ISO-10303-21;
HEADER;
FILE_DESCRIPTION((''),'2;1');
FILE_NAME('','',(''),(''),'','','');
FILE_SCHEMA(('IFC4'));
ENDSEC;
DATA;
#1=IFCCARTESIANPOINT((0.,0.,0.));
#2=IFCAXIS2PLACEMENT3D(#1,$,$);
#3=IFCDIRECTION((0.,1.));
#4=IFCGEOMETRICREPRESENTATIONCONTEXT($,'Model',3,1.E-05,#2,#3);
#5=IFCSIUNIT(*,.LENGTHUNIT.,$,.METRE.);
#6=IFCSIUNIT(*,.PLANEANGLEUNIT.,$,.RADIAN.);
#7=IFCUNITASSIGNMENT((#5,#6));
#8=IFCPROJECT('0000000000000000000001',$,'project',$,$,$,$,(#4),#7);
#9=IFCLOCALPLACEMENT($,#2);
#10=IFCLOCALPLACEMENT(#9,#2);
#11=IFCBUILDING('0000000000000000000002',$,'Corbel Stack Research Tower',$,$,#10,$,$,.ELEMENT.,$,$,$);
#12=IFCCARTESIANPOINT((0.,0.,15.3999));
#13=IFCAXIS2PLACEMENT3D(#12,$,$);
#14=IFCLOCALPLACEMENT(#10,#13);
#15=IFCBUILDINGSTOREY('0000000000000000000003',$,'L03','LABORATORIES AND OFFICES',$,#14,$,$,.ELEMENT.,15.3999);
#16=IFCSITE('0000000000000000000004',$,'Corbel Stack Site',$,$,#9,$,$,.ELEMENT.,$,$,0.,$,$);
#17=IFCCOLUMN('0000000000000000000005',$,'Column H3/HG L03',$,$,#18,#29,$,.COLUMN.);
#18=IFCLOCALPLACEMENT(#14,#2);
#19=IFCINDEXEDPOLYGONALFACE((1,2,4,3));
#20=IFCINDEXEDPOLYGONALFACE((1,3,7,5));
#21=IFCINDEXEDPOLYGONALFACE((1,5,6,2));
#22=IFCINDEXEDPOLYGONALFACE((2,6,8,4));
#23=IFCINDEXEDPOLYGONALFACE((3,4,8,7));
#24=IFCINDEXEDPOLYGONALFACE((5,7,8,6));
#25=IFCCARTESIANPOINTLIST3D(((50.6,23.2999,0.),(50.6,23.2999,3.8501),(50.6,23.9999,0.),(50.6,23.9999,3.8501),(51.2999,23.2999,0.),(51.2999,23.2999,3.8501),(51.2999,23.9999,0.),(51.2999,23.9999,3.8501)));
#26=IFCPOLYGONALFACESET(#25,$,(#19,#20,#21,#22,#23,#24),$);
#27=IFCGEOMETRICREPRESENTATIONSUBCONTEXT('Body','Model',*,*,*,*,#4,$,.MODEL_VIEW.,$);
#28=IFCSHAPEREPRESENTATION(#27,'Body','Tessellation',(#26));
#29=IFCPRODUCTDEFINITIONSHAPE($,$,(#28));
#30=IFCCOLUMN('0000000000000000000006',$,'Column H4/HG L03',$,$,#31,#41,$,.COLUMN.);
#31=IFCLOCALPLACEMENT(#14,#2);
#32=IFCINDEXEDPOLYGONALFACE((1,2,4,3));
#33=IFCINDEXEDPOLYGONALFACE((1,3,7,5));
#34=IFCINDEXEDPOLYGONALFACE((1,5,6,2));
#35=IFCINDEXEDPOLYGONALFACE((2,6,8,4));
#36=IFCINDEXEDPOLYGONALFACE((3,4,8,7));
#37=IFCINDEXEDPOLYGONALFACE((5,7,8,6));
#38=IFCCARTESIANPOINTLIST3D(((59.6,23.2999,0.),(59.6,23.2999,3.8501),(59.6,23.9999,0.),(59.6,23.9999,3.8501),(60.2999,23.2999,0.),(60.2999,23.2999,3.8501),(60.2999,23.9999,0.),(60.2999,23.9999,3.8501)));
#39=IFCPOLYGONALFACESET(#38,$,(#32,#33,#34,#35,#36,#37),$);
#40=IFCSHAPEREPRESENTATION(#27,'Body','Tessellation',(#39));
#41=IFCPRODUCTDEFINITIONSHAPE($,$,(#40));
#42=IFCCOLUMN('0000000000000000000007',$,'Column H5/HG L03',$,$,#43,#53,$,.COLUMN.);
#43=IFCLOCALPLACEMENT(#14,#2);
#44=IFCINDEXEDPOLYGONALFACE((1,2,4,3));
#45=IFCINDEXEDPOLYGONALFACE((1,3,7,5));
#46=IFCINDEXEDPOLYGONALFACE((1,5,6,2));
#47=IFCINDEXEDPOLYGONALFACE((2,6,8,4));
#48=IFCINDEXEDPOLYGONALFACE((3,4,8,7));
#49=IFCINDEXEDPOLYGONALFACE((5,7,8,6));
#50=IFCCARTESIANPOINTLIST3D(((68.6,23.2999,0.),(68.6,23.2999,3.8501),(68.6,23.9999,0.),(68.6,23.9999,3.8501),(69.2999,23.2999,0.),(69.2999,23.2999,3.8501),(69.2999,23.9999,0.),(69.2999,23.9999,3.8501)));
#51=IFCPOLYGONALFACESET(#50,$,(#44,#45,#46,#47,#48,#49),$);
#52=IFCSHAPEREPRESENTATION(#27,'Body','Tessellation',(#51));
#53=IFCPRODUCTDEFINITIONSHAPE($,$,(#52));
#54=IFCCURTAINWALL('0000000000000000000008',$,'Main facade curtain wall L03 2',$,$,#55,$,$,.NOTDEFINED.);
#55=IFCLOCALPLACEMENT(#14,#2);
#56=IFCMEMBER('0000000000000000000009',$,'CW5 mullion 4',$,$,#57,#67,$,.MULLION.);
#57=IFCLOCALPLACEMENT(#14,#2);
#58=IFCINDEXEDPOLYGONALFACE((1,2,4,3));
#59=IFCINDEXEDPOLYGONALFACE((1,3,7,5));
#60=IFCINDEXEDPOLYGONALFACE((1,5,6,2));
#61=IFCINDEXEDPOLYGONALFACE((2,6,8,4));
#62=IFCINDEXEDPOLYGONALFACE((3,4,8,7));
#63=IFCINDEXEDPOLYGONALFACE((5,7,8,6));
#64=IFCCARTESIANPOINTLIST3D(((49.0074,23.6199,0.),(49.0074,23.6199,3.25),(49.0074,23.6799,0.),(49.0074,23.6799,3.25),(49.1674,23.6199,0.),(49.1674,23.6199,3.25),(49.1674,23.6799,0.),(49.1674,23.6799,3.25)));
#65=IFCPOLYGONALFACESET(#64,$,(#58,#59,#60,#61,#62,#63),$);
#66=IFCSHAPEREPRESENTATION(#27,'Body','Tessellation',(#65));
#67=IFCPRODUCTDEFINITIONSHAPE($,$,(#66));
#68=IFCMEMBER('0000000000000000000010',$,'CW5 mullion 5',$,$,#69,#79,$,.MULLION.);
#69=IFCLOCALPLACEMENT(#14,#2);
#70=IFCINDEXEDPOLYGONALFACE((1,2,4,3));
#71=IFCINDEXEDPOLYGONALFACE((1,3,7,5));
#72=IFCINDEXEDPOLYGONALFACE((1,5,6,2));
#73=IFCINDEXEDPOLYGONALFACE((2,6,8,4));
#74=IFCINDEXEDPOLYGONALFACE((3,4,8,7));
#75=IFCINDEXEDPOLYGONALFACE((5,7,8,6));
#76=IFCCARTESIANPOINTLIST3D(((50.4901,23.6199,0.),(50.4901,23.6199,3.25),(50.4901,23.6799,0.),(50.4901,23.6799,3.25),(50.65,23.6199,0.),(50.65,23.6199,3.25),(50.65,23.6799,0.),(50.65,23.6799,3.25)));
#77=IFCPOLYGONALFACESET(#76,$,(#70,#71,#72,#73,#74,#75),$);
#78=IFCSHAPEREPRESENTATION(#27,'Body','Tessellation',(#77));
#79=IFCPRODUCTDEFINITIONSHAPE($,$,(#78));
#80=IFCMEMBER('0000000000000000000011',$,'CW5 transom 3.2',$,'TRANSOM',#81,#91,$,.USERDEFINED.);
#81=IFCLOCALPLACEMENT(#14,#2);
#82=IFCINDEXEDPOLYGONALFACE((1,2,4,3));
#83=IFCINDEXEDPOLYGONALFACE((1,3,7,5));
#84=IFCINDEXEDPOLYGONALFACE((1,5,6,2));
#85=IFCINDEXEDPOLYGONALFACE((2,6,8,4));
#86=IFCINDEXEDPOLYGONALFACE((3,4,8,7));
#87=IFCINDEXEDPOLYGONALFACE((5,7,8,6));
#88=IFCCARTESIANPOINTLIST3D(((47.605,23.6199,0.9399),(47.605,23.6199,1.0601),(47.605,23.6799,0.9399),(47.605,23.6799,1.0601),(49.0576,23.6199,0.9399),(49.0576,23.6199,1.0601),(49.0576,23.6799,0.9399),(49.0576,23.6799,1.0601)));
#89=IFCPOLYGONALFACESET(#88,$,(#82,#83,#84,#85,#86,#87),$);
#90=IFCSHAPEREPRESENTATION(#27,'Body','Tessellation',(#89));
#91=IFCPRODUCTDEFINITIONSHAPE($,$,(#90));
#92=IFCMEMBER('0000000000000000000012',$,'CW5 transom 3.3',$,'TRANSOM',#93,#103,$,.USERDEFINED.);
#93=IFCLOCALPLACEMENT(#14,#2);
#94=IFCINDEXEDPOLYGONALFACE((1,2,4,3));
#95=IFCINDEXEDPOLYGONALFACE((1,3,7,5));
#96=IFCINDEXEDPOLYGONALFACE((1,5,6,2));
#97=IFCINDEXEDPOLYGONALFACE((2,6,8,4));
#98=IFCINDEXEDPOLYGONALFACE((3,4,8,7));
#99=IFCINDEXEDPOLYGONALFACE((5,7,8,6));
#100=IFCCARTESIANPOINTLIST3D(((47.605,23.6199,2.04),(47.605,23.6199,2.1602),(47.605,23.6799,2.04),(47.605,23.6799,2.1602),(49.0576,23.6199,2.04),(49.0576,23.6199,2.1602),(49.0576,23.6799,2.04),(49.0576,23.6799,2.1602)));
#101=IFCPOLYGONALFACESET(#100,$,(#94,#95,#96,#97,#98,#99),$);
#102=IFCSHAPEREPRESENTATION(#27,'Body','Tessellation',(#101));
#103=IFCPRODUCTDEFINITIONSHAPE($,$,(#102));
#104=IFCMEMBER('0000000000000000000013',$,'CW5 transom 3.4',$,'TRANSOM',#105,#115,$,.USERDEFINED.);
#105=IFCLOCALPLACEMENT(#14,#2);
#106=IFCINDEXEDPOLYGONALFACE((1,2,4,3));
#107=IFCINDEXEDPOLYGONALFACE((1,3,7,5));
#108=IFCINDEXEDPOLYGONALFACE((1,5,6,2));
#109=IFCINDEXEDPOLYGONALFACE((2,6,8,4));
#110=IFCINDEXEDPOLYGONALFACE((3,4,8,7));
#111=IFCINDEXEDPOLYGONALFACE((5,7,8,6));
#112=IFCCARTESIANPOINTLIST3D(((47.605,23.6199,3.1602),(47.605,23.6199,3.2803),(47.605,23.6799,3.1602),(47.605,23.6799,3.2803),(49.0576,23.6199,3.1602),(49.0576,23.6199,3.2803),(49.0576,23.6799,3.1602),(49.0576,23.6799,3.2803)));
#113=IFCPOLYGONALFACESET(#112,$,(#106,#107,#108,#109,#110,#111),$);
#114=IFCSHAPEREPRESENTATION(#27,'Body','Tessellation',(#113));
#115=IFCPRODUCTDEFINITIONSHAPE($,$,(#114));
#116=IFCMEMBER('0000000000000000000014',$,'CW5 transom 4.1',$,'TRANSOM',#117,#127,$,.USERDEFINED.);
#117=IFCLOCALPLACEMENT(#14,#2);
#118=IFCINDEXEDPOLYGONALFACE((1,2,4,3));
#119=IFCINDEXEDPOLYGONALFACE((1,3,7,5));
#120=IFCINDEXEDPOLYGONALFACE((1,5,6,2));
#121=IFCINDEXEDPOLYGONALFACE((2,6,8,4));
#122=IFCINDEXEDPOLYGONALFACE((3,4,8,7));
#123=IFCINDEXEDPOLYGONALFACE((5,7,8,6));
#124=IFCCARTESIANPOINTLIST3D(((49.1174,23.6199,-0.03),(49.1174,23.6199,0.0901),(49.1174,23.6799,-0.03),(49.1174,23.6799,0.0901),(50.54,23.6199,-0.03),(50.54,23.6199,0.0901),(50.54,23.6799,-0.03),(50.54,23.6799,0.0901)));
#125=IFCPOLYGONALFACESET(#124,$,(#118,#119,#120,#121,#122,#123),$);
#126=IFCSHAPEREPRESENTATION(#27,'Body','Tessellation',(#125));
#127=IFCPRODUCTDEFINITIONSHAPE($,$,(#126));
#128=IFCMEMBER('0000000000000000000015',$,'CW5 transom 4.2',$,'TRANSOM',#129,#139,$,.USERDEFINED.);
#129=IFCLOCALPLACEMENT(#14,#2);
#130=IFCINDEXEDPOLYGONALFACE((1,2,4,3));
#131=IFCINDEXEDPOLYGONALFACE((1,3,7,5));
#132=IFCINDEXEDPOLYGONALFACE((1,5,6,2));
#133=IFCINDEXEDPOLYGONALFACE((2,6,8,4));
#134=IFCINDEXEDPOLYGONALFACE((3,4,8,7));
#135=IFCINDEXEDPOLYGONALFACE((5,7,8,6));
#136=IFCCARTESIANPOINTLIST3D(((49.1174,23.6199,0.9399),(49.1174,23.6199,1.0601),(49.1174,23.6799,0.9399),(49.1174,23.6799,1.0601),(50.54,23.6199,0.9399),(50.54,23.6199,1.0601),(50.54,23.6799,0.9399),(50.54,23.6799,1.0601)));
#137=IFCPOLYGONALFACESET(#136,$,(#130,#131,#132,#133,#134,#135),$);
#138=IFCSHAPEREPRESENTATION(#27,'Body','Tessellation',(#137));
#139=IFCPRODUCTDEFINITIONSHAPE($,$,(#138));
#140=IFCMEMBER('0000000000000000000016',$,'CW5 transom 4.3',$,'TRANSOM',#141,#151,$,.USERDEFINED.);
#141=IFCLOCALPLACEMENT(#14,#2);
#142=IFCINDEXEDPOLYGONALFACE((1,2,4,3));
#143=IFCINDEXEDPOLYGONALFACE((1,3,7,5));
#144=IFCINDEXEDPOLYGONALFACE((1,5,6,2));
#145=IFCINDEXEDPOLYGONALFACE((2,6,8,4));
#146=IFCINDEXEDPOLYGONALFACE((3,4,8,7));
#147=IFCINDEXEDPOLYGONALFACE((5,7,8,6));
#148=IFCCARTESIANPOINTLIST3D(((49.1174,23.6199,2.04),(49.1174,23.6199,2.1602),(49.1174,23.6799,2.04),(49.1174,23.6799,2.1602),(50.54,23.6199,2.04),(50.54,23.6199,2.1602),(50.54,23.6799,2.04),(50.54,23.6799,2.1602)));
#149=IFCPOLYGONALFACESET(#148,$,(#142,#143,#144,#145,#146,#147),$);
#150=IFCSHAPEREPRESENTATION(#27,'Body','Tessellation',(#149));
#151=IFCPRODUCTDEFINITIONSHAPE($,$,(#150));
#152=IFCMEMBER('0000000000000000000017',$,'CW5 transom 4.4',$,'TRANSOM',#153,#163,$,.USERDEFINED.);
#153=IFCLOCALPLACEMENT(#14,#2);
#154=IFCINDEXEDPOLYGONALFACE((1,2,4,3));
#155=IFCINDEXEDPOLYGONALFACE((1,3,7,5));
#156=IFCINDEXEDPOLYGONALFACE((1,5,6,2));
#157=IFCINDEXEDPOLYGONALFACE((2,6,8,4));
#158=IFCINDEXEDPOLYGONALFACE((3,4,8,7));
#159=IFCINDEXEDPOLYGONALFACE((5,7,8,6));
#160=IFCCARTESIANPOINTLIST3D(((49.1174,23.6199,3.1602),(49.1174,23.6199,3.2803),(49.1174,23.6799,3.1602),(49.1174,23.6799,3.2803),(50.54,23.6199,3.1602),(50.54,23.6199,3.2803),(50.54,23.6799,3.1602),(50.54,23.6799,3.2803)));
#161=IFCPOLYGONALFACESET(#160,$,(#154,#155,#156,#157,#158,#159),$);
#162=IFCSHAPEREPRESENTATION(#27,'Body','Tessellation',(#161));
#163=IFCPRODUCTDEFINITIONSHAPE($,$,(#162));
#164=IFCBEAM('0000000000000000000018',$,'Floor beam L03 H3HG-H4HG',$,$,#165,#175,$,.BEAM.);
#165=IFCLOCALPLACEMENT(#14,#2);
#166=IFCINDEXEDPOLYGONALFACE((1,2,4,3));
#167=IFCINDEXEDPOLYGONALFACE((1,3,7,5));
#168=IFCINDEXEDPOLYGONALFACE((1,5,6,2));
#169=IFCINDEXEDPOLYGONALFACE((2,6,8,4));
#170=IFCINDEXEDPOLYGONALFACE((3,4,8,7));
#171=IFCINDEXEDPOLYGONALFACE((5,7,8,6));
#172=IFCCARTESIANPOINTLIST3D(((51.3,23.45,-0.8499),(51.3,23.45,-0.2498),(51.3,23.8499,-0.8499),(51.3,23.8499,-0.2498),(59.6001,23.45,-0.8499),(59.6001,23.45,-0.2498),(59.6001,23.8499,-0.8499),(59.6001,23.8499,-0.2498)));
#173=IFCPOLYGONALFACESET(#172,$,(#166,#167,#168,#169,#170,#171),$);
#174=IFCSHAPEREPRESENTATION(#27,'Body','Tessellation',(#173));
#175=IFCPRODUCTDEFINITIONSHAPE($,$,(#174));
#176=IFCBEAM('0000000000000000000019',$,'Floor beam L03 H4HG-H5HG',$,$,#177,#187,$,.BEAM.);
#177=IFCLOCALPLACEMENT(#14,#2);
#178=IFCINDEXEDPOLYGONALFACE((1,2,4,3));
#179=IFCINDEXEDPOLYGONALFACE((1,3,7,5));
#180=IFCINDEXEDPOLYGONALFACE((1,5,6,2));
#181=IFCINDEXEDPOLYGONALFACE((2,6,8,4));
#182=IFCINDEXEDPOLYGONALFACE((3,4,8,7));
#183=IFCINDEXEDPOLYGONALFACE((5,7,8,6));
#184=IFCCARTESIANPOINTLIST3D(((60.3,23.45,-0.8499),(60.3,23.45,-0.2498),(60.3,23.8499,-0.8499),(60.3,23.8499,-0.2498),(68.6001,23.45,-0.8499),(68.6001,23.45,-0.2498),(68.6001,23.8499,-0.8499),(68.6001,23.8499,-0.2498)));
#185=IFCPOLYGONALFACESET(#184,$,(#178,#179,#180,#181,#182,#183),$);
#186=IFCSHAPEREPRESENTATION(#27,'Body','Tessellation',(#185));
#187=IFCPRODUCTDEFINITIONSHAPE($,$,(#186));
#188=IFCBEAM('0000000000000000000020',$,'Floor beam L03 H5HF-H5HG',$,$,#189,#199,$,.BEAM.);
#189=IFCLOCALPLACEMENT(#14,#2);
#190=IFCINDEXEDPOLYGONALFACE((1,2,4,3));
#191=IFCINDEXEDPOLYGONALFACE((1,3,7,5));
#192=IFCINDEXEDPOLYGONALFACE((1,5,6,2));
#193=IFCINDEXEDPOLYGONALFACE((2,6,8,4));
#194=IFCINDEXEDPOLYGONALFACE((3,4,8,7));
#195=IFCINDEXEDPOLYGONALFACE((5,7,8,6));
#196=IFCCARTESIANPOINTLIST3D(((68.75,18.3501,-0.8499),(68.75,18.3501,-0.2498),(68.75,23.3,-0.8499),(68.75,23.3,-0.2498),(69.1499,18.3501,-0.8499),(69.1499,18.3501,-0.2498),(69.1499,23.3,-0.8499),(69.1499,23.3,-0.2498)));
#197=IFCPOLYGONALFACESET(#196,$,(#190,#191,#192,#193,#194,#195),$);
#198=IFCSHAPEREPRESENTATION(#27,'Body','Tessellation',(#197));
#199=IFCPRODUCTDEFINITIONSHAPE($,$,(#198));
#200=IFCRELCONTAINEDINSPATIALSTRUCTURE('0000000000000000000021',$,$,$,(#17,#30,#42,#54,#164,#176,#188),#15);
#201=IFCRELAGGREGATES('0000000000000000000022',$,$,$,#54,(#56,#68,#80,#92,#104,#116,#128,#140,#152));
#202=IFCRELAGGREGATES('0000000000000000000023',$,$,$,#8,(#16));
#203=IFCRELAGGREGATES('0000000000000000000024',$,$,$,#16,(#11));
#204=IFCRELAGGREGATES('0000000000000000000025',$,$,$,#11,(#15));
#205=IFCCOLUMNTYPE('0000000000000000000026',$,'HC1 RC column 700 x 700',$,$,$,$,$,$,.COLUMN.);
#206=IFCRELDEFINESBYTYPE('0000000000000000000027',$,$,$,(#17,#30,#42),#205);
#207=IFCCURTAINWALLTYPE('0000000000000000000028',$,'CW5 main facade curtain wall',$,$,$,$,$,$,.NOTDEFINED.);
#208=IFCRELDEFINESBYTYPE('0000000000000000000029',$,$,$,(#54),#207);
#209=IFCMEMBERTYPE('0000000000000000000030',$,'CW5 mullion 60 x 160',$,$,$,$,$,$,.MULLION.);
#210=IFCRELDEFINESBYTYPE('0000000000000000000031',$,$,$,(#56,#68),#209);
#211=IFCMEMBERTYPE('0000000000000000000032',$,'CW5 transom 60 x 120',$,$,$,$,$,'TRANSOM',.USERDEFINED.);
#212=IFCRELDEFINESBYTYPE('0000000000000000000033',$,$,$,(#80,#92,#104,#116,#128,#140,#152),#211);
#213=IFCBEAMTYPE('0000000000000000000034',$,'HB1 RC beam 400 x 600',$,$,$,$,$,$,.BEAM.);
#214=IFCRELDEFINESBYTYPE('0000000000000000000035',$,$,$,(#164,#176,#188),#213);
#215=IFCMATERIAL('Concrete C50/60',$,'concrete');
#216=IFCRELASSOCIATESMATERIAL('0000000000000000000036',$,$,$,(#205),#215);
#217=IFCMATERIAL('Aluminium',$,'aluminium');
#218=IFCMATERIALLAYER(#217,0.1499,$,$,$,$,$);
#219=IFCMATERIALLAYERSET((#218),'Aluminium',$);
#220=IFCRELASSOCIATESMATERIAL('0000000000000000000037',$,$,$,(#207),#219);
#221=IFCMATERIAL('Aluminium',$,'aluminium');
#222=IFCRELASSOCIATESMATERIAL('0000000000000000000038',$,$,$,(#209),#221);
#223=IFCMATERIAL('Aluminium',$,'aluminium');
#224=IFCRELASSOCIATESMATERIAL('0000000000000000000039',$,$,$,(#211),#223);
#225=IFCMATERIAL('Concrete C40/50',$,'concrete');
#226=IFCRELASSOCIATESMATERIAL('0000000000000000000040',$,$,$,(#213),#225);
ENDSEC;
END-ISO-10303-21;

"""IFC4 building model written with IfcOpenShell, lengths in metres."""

from ifc_helpers import new_model, si_unit, direction, frame, origin, origin_2d, place, context, subcontext, project, spatial, rectangle, extrude, material, layer, layer_set, material_profile, profile_set, type_object, element, aggregate, save


model = new_model("IFC4")

# Units and contexts
model_context = context("Model", 3, precision=1e-05, world=origin(), true_north=direction((0.0, 1.0)))
body_context = subcontext(model_context, "Body", "Model", "MODEL_VIEW")
ifc_project = project(units=[si_unit("LENGTHUNIT", "METRE"), si_unit("PLANEANGLEUNIT", "RADIAN")], contexts=[model_context])

# Site, building, storey
site_placement = place(None, origin())
site = spatial("IfcSite", under=ifc_project, at=site_placement, Name="Corbel Stack Site", CompositionType="ELEMENT", RefElevation=0.0)
building_placement = place(site_placement, origin())
building = spatial("IfcBuilding", under=site, at=building_placement, Name="Corbel Stack Research Tower", CompositionType="ELEMENT")
storey_placement = place(building_placement, frame((0.0, 0.0, 15.3999)))
storey = spatial("IfcBuildingStorey", under=building, at=storey_placement, Name="L03", Description="LABORATORIES AND OFFICES", CompositionType="ELEMENT", Elevation=15.3999)

# Columns
ifc_material_1 = material(Name="Concrete C50/60", Category="concrete")
ifc_material_profile_1 = material_profile(ifc_material_1, rectangle(XDim=0.7, YDim=0.7, at=origin_2d()), Name="RC 700 x 700")
ifc_profile_set_1 = profile_set([ifc_material_profile_1], Name="Concrete C50/60")
column_type = type_object("IfcColumnType", Name="HC1 RC column 700 x 700", PredefinedType="COLUMN", material=ifc_profile_set_1)
for number, where, z_axis, x_axis, name in (
    (1, (50.95, 23.6499, 0.0), (0.0, 0.0, 1.0), (1.0, 0.0, 0.0), "Column H3/HG L03"),
    (2, (59.95, 23.6499, 0.0), (0.0, 0.0, 1.0), (1.0, 0.0, 0.0), "Column H4/HG L03"),
    (3, (68.95, 23.6499, 0.0), (0.0, 0.0, 1.0), (1.0, 0.0, 0.0), "Column H5/HG L03"),
):
    element("IfcColumn", number, at=place(storey_placement, frame(where, z_axis=z_axis, x_axis=x_axis)), inside=storey, type_object=column_type, Name=name, PredefinedType="COLUMN", context=body_context, shape_type="SweptSolid", body=[
        extrude(rectangle(XDim=0.7, YDim=0.7, at=origin_2d()), origin(), (0.0, 0.0, 1.0), 3.8501),
    ])

# Curtain wall, members
ifc_material_2 = material(Name="Aluminium", Category="aluminium")
ifc_layer_1 = layer(ifc_material_2, 0.1499)
ifc_layer_set_1 = layer_set([ifc_layer_1], Name="Aluminium")
curtain_wall_type = type_object("IfcCurtainWallType", Name="CW5 main facade curtain wall", PredefinedType="NOTDEFINED", material=ifc_layer_set_1)
curtain_wall_placement = place(storey_placement, origin())
curtain_wall = element("IfcCurtainWall", 4, at=curtain_wall_placement, inside=storey, type_object=curtain_wall_type, Name="Main facade curtain wall L03 2", PredefinedType="NOTDEFINED")
ifc_material_3 = material(Name="Aluminium", Category="aluminium")
ifc_material_profile_2 = material_profile(ifc_material_3, rectangle(XDim=0.0601, YDim=0.1599, at=origin_2d()), Name="Mullion 60 x 160")
ifc_profile_set_2 = profile_set([ifc_material_profile_2], Name="Aluminium")
member_type_1 = type_object("IfcMemberType", Name="CW5 mullion 60 x 160", PredefinedType="MULLION", material=ifc_profile_set_2)
member_1_placement = place(storey_placement, frame((49.0874, 23.6499, 0.0), z_axis=(0.0, 0.0, 1.0), x_axis=(0.0, 1.0, 0.0)))
member_1 = element("IfcMember", 5, at=member_1_placement, type_object=member_type_1, Name="CW5 mullion 4", PredefinedType="MULLION", context=body_context, shape_type="SweptSolid", body=[
    extrude(rectangle(XDim=0.0601, YDim=0.1599, at=origin_2d()), origin(), (0.0, 0.0, 1.0), 3.25),
])
member_2_placement = place(storey_placement, frame((50.5701, 23.6499, 0.0), z_axis=(0.0, 0.0, 1.0), x_axis=(0.0, 1.0, 0.0)))
member_2 = element("IfcMember", 6, at=member_2_placement, type_object=member_type_1, Name="CW5 mullion 5", PredefinedType="MULLION", context=body_context, shape_type="SweptSolid", body=[
    extrude(rectangle(XDim=0.0601, YDim=0.1599, at=origin_2d()), origin(), (0.0, 0.0, 1.0), 3.25),
])
ifc_material_4 = material(Name="Aluminium", Category="aluminium")
ifc_material_profile_3 = material_profile(ifc_material_4, rectangle(XDim=0.0601, YDim=0.1201, at=origin_2d()), Name="Transom 60 x 120")
ifc_profile_set_3 = profile_set([ifc_material_profile_3], Name="Aluminium")
member_type_2 = type_object("IfcMemberType", Name="CW5 transom 60 x 120", ElementType="TRANSOM", PredefinedType="USERDEFINED", material=ifc_profile_set_3)
member_3_placement = place(storey_placement, frame((47.605, 23.6499, 1.0), z_axis=(1.0, 0.0, 0.0), x_axis=(0.0, 1.0, 0.0)))
member_3 = element("IfcMember", 7, at=member_3_placement, type_object=member_type_2, Name="CW5 transom 3.2", ObjectType="TRANSOM", PredefinedType="USERDEFINED", context=body_context, shape_type="SweptSolid", body=[
    extrude(rectangle(XDim=0.0601, YDim=0.1201, at=origin_2d()), origin(), (0.0, 0.0, 1.0), 1.4526),
])
member_4_placement = place(storey_placement, frame((47.605, 23.6499, 2.1001), z_axis=(1.0, 0.0, 0.0), x_axis=(0.0, 1.0, 0.0)))
member_4 = element("IfcMember", 8, at=member_4_placement, type_object=member_type_2, Name="CW5 transom 3.3", ObjectType="TRANSOM", PredefinedType="USERDEFINED", context=body_context, shape_type="SweptSolid", body=[
    extrude(rectangle(XDim=0.0601, YDim=0.1201, at=origin_2d()), origin(), (0.0, 0.0, 1.0), 1.4526),
])
member_5_placement = place(storey_placement, frame((47.605, 23.6499, 3.2202), z_axis=(1.0, 0.0, 0.0), x_axis=(0.0, 1.0, 0.0)))
member_5 = element("IfcMember", 9, at=member_5_placement, type_object=member_type_2, Name="CW5 transom 3.4", ObjectType="TRANSOM", PredefinedType="USERDEFINED", context=body_context, shape_type="SweptSolid", body=[
    extrude(rectangle(XDim=0.0601, YDim=0.1201, at=origin_2d()), origin(), (0.0, 0.0, 1.0), 1.4526),
])
member_6_placement = place(storey_placement, frame((49.1174, 23.6499, 0.03), z_axis=(1.0, 0.0, 0.0), x_axis=(0.0, 1.0, 0.0)))
member_6 = element("IfcMember", 10, at=member_6_placement, type_object=member_type_2, Name="CW5 transom 4.1", ObjectType="TRANSOM", PredefinedType="USERDEFINED", context=body_context, shape_type="SweptSolid", body=[
    extrude(rectangle(XDim=0.0601, YDim=0.1201, at=origin_2d()), origin(), (0.0, 0.0, 1.0), 1.4226),
])
member_7_placement = place(storey_placement, frame((49.1174, 23.6499, 1.0), z_axis=(1.0, 0.0, 0.0), x_axis=(0.0, 1.0, 0.0)))
member_7 = element("IfcMember", 11, at=member_7_placement, type_object=member_type_2, Name="CW5 transom 4.2", ObjectType="TRANSOM", PredefinedType="USERDEFINED", context=body_context, shape_type="SweptSolid", body=[
    extrude(rectangle(XDim=0.0601, YDim=0.1201, at=origin_2d()), origin(), (0.0, 0.0, 1.0), 1.4226),
])
member_8_placement = place(storey_placement, frame((49.1174, 23.6499, 2.1001), z_axis=(1.0, 0.0, 0.0), x_axis=(0.0, 1.0, 0.0)))
member_8 = element("IfcMember", 12, at=member_8_placement, type_object=member_type_2, Name="CW5 transom 4.3", ObjectType="TRANSOM", PredefinedType="USERDEFINED", context=body_context, shape_type="SweptSolid", body=[
    extrude(rectangle(XDim=0.0601, YDim=0.1201, at=origin_2d()), origin(), (0.0, 0.0, 1.0), 1.4226),
])
member_9_placement = place(storey_placement, frame((49.1174, 23.6499, 3.2202), z_axis=(1.0, 0.0, 0.0), x_axis=(0.0, 1.0, 0.0)))
member_9 = element("IfcMember", 13, at=member_9_placement, type_object=member_type_2, Name="CW5 transom 4.4", ObjectType="TRANSOM", PredefinedType="USERDEFINED", context=body_context, shape_type="SweptSolid", body=[
    extrude(rectangle(XDim=0.0601, YDim=0.1201, at=origin_2d()), origin(), (0.0, 0.0, 1.0), 1.4226),
])

# Beams
ifc_material_5 = material(Name="Concrete C40/50", Category="concrete")
ifc_material_profile_4 = material_profile(ifc_material_5, rectangle(XDim=0.3999, YDim=0.6001, at=origin_2d()), Name="RC 400 x 600")
ifc_profile_set_4 = profile_set([ifc_material_profile_4], Name="Concrete C40/50")
beam_type = type_object("IfcBeamType", Name="HB1 RC beam 400 x 600", PredefinedType="BEAM", material=ifc_profile_set_4)
for number, where, z_axis, x_axis, name in (
    (14, (51.3, 23.6499, -0.5498), (1.0, 0.0, 0.0), (0.0, 1.0, 0.0), "Floor beam L03 H3HG-H4HG"),
    (15, (60.3, 23.6499, -0.5498), (1.0, 0.0, 0.0), (0.0, 1.0, 0.0), "Floor beam L03 H4HG-H5HG"),
):
    element("IfcBeam", number, at=place(storey_placement, frame(where, z_axis=z_axis, x_axis=x_axis)), inside=storey, type_object=beam_type, Name=name, PredefinedType="BEAM", context=body_context, shape_type="SweptSolid", body=[
        extrude(rectangle(XDim=0.3999, YDim=0.6001, at=origin_2d()), origin(), (0.0, 0.0, 1.0), 8.3),
    ])
beam_placement = place(storey_placement, frame((68.95, 18.3501, -0.5498), z_axis=(0.0, 1.0, 0.0), x_axis=(-1.0, 0.0, 0.0)))
element("IfcBeam", 16, at=beam_placement, inside=storey, type_object=beam_type, Name="Floor beam L03 H5HF-H5HG", PredefinedType="BEAM", context=body_context, shape_type="SweptSolid", body=[
    extrude(rectangle(XDim=0.3999, YDim=0.6001, at=origin_2d()), origin(), (0.0, 0.0, 1.0), 4.95),
])

aggregate(curtain_wall, [member_1, member_2, member_3, member_4, member_5, member_6, member_7, member_8, member_9])

save(model, "model.ifc")
